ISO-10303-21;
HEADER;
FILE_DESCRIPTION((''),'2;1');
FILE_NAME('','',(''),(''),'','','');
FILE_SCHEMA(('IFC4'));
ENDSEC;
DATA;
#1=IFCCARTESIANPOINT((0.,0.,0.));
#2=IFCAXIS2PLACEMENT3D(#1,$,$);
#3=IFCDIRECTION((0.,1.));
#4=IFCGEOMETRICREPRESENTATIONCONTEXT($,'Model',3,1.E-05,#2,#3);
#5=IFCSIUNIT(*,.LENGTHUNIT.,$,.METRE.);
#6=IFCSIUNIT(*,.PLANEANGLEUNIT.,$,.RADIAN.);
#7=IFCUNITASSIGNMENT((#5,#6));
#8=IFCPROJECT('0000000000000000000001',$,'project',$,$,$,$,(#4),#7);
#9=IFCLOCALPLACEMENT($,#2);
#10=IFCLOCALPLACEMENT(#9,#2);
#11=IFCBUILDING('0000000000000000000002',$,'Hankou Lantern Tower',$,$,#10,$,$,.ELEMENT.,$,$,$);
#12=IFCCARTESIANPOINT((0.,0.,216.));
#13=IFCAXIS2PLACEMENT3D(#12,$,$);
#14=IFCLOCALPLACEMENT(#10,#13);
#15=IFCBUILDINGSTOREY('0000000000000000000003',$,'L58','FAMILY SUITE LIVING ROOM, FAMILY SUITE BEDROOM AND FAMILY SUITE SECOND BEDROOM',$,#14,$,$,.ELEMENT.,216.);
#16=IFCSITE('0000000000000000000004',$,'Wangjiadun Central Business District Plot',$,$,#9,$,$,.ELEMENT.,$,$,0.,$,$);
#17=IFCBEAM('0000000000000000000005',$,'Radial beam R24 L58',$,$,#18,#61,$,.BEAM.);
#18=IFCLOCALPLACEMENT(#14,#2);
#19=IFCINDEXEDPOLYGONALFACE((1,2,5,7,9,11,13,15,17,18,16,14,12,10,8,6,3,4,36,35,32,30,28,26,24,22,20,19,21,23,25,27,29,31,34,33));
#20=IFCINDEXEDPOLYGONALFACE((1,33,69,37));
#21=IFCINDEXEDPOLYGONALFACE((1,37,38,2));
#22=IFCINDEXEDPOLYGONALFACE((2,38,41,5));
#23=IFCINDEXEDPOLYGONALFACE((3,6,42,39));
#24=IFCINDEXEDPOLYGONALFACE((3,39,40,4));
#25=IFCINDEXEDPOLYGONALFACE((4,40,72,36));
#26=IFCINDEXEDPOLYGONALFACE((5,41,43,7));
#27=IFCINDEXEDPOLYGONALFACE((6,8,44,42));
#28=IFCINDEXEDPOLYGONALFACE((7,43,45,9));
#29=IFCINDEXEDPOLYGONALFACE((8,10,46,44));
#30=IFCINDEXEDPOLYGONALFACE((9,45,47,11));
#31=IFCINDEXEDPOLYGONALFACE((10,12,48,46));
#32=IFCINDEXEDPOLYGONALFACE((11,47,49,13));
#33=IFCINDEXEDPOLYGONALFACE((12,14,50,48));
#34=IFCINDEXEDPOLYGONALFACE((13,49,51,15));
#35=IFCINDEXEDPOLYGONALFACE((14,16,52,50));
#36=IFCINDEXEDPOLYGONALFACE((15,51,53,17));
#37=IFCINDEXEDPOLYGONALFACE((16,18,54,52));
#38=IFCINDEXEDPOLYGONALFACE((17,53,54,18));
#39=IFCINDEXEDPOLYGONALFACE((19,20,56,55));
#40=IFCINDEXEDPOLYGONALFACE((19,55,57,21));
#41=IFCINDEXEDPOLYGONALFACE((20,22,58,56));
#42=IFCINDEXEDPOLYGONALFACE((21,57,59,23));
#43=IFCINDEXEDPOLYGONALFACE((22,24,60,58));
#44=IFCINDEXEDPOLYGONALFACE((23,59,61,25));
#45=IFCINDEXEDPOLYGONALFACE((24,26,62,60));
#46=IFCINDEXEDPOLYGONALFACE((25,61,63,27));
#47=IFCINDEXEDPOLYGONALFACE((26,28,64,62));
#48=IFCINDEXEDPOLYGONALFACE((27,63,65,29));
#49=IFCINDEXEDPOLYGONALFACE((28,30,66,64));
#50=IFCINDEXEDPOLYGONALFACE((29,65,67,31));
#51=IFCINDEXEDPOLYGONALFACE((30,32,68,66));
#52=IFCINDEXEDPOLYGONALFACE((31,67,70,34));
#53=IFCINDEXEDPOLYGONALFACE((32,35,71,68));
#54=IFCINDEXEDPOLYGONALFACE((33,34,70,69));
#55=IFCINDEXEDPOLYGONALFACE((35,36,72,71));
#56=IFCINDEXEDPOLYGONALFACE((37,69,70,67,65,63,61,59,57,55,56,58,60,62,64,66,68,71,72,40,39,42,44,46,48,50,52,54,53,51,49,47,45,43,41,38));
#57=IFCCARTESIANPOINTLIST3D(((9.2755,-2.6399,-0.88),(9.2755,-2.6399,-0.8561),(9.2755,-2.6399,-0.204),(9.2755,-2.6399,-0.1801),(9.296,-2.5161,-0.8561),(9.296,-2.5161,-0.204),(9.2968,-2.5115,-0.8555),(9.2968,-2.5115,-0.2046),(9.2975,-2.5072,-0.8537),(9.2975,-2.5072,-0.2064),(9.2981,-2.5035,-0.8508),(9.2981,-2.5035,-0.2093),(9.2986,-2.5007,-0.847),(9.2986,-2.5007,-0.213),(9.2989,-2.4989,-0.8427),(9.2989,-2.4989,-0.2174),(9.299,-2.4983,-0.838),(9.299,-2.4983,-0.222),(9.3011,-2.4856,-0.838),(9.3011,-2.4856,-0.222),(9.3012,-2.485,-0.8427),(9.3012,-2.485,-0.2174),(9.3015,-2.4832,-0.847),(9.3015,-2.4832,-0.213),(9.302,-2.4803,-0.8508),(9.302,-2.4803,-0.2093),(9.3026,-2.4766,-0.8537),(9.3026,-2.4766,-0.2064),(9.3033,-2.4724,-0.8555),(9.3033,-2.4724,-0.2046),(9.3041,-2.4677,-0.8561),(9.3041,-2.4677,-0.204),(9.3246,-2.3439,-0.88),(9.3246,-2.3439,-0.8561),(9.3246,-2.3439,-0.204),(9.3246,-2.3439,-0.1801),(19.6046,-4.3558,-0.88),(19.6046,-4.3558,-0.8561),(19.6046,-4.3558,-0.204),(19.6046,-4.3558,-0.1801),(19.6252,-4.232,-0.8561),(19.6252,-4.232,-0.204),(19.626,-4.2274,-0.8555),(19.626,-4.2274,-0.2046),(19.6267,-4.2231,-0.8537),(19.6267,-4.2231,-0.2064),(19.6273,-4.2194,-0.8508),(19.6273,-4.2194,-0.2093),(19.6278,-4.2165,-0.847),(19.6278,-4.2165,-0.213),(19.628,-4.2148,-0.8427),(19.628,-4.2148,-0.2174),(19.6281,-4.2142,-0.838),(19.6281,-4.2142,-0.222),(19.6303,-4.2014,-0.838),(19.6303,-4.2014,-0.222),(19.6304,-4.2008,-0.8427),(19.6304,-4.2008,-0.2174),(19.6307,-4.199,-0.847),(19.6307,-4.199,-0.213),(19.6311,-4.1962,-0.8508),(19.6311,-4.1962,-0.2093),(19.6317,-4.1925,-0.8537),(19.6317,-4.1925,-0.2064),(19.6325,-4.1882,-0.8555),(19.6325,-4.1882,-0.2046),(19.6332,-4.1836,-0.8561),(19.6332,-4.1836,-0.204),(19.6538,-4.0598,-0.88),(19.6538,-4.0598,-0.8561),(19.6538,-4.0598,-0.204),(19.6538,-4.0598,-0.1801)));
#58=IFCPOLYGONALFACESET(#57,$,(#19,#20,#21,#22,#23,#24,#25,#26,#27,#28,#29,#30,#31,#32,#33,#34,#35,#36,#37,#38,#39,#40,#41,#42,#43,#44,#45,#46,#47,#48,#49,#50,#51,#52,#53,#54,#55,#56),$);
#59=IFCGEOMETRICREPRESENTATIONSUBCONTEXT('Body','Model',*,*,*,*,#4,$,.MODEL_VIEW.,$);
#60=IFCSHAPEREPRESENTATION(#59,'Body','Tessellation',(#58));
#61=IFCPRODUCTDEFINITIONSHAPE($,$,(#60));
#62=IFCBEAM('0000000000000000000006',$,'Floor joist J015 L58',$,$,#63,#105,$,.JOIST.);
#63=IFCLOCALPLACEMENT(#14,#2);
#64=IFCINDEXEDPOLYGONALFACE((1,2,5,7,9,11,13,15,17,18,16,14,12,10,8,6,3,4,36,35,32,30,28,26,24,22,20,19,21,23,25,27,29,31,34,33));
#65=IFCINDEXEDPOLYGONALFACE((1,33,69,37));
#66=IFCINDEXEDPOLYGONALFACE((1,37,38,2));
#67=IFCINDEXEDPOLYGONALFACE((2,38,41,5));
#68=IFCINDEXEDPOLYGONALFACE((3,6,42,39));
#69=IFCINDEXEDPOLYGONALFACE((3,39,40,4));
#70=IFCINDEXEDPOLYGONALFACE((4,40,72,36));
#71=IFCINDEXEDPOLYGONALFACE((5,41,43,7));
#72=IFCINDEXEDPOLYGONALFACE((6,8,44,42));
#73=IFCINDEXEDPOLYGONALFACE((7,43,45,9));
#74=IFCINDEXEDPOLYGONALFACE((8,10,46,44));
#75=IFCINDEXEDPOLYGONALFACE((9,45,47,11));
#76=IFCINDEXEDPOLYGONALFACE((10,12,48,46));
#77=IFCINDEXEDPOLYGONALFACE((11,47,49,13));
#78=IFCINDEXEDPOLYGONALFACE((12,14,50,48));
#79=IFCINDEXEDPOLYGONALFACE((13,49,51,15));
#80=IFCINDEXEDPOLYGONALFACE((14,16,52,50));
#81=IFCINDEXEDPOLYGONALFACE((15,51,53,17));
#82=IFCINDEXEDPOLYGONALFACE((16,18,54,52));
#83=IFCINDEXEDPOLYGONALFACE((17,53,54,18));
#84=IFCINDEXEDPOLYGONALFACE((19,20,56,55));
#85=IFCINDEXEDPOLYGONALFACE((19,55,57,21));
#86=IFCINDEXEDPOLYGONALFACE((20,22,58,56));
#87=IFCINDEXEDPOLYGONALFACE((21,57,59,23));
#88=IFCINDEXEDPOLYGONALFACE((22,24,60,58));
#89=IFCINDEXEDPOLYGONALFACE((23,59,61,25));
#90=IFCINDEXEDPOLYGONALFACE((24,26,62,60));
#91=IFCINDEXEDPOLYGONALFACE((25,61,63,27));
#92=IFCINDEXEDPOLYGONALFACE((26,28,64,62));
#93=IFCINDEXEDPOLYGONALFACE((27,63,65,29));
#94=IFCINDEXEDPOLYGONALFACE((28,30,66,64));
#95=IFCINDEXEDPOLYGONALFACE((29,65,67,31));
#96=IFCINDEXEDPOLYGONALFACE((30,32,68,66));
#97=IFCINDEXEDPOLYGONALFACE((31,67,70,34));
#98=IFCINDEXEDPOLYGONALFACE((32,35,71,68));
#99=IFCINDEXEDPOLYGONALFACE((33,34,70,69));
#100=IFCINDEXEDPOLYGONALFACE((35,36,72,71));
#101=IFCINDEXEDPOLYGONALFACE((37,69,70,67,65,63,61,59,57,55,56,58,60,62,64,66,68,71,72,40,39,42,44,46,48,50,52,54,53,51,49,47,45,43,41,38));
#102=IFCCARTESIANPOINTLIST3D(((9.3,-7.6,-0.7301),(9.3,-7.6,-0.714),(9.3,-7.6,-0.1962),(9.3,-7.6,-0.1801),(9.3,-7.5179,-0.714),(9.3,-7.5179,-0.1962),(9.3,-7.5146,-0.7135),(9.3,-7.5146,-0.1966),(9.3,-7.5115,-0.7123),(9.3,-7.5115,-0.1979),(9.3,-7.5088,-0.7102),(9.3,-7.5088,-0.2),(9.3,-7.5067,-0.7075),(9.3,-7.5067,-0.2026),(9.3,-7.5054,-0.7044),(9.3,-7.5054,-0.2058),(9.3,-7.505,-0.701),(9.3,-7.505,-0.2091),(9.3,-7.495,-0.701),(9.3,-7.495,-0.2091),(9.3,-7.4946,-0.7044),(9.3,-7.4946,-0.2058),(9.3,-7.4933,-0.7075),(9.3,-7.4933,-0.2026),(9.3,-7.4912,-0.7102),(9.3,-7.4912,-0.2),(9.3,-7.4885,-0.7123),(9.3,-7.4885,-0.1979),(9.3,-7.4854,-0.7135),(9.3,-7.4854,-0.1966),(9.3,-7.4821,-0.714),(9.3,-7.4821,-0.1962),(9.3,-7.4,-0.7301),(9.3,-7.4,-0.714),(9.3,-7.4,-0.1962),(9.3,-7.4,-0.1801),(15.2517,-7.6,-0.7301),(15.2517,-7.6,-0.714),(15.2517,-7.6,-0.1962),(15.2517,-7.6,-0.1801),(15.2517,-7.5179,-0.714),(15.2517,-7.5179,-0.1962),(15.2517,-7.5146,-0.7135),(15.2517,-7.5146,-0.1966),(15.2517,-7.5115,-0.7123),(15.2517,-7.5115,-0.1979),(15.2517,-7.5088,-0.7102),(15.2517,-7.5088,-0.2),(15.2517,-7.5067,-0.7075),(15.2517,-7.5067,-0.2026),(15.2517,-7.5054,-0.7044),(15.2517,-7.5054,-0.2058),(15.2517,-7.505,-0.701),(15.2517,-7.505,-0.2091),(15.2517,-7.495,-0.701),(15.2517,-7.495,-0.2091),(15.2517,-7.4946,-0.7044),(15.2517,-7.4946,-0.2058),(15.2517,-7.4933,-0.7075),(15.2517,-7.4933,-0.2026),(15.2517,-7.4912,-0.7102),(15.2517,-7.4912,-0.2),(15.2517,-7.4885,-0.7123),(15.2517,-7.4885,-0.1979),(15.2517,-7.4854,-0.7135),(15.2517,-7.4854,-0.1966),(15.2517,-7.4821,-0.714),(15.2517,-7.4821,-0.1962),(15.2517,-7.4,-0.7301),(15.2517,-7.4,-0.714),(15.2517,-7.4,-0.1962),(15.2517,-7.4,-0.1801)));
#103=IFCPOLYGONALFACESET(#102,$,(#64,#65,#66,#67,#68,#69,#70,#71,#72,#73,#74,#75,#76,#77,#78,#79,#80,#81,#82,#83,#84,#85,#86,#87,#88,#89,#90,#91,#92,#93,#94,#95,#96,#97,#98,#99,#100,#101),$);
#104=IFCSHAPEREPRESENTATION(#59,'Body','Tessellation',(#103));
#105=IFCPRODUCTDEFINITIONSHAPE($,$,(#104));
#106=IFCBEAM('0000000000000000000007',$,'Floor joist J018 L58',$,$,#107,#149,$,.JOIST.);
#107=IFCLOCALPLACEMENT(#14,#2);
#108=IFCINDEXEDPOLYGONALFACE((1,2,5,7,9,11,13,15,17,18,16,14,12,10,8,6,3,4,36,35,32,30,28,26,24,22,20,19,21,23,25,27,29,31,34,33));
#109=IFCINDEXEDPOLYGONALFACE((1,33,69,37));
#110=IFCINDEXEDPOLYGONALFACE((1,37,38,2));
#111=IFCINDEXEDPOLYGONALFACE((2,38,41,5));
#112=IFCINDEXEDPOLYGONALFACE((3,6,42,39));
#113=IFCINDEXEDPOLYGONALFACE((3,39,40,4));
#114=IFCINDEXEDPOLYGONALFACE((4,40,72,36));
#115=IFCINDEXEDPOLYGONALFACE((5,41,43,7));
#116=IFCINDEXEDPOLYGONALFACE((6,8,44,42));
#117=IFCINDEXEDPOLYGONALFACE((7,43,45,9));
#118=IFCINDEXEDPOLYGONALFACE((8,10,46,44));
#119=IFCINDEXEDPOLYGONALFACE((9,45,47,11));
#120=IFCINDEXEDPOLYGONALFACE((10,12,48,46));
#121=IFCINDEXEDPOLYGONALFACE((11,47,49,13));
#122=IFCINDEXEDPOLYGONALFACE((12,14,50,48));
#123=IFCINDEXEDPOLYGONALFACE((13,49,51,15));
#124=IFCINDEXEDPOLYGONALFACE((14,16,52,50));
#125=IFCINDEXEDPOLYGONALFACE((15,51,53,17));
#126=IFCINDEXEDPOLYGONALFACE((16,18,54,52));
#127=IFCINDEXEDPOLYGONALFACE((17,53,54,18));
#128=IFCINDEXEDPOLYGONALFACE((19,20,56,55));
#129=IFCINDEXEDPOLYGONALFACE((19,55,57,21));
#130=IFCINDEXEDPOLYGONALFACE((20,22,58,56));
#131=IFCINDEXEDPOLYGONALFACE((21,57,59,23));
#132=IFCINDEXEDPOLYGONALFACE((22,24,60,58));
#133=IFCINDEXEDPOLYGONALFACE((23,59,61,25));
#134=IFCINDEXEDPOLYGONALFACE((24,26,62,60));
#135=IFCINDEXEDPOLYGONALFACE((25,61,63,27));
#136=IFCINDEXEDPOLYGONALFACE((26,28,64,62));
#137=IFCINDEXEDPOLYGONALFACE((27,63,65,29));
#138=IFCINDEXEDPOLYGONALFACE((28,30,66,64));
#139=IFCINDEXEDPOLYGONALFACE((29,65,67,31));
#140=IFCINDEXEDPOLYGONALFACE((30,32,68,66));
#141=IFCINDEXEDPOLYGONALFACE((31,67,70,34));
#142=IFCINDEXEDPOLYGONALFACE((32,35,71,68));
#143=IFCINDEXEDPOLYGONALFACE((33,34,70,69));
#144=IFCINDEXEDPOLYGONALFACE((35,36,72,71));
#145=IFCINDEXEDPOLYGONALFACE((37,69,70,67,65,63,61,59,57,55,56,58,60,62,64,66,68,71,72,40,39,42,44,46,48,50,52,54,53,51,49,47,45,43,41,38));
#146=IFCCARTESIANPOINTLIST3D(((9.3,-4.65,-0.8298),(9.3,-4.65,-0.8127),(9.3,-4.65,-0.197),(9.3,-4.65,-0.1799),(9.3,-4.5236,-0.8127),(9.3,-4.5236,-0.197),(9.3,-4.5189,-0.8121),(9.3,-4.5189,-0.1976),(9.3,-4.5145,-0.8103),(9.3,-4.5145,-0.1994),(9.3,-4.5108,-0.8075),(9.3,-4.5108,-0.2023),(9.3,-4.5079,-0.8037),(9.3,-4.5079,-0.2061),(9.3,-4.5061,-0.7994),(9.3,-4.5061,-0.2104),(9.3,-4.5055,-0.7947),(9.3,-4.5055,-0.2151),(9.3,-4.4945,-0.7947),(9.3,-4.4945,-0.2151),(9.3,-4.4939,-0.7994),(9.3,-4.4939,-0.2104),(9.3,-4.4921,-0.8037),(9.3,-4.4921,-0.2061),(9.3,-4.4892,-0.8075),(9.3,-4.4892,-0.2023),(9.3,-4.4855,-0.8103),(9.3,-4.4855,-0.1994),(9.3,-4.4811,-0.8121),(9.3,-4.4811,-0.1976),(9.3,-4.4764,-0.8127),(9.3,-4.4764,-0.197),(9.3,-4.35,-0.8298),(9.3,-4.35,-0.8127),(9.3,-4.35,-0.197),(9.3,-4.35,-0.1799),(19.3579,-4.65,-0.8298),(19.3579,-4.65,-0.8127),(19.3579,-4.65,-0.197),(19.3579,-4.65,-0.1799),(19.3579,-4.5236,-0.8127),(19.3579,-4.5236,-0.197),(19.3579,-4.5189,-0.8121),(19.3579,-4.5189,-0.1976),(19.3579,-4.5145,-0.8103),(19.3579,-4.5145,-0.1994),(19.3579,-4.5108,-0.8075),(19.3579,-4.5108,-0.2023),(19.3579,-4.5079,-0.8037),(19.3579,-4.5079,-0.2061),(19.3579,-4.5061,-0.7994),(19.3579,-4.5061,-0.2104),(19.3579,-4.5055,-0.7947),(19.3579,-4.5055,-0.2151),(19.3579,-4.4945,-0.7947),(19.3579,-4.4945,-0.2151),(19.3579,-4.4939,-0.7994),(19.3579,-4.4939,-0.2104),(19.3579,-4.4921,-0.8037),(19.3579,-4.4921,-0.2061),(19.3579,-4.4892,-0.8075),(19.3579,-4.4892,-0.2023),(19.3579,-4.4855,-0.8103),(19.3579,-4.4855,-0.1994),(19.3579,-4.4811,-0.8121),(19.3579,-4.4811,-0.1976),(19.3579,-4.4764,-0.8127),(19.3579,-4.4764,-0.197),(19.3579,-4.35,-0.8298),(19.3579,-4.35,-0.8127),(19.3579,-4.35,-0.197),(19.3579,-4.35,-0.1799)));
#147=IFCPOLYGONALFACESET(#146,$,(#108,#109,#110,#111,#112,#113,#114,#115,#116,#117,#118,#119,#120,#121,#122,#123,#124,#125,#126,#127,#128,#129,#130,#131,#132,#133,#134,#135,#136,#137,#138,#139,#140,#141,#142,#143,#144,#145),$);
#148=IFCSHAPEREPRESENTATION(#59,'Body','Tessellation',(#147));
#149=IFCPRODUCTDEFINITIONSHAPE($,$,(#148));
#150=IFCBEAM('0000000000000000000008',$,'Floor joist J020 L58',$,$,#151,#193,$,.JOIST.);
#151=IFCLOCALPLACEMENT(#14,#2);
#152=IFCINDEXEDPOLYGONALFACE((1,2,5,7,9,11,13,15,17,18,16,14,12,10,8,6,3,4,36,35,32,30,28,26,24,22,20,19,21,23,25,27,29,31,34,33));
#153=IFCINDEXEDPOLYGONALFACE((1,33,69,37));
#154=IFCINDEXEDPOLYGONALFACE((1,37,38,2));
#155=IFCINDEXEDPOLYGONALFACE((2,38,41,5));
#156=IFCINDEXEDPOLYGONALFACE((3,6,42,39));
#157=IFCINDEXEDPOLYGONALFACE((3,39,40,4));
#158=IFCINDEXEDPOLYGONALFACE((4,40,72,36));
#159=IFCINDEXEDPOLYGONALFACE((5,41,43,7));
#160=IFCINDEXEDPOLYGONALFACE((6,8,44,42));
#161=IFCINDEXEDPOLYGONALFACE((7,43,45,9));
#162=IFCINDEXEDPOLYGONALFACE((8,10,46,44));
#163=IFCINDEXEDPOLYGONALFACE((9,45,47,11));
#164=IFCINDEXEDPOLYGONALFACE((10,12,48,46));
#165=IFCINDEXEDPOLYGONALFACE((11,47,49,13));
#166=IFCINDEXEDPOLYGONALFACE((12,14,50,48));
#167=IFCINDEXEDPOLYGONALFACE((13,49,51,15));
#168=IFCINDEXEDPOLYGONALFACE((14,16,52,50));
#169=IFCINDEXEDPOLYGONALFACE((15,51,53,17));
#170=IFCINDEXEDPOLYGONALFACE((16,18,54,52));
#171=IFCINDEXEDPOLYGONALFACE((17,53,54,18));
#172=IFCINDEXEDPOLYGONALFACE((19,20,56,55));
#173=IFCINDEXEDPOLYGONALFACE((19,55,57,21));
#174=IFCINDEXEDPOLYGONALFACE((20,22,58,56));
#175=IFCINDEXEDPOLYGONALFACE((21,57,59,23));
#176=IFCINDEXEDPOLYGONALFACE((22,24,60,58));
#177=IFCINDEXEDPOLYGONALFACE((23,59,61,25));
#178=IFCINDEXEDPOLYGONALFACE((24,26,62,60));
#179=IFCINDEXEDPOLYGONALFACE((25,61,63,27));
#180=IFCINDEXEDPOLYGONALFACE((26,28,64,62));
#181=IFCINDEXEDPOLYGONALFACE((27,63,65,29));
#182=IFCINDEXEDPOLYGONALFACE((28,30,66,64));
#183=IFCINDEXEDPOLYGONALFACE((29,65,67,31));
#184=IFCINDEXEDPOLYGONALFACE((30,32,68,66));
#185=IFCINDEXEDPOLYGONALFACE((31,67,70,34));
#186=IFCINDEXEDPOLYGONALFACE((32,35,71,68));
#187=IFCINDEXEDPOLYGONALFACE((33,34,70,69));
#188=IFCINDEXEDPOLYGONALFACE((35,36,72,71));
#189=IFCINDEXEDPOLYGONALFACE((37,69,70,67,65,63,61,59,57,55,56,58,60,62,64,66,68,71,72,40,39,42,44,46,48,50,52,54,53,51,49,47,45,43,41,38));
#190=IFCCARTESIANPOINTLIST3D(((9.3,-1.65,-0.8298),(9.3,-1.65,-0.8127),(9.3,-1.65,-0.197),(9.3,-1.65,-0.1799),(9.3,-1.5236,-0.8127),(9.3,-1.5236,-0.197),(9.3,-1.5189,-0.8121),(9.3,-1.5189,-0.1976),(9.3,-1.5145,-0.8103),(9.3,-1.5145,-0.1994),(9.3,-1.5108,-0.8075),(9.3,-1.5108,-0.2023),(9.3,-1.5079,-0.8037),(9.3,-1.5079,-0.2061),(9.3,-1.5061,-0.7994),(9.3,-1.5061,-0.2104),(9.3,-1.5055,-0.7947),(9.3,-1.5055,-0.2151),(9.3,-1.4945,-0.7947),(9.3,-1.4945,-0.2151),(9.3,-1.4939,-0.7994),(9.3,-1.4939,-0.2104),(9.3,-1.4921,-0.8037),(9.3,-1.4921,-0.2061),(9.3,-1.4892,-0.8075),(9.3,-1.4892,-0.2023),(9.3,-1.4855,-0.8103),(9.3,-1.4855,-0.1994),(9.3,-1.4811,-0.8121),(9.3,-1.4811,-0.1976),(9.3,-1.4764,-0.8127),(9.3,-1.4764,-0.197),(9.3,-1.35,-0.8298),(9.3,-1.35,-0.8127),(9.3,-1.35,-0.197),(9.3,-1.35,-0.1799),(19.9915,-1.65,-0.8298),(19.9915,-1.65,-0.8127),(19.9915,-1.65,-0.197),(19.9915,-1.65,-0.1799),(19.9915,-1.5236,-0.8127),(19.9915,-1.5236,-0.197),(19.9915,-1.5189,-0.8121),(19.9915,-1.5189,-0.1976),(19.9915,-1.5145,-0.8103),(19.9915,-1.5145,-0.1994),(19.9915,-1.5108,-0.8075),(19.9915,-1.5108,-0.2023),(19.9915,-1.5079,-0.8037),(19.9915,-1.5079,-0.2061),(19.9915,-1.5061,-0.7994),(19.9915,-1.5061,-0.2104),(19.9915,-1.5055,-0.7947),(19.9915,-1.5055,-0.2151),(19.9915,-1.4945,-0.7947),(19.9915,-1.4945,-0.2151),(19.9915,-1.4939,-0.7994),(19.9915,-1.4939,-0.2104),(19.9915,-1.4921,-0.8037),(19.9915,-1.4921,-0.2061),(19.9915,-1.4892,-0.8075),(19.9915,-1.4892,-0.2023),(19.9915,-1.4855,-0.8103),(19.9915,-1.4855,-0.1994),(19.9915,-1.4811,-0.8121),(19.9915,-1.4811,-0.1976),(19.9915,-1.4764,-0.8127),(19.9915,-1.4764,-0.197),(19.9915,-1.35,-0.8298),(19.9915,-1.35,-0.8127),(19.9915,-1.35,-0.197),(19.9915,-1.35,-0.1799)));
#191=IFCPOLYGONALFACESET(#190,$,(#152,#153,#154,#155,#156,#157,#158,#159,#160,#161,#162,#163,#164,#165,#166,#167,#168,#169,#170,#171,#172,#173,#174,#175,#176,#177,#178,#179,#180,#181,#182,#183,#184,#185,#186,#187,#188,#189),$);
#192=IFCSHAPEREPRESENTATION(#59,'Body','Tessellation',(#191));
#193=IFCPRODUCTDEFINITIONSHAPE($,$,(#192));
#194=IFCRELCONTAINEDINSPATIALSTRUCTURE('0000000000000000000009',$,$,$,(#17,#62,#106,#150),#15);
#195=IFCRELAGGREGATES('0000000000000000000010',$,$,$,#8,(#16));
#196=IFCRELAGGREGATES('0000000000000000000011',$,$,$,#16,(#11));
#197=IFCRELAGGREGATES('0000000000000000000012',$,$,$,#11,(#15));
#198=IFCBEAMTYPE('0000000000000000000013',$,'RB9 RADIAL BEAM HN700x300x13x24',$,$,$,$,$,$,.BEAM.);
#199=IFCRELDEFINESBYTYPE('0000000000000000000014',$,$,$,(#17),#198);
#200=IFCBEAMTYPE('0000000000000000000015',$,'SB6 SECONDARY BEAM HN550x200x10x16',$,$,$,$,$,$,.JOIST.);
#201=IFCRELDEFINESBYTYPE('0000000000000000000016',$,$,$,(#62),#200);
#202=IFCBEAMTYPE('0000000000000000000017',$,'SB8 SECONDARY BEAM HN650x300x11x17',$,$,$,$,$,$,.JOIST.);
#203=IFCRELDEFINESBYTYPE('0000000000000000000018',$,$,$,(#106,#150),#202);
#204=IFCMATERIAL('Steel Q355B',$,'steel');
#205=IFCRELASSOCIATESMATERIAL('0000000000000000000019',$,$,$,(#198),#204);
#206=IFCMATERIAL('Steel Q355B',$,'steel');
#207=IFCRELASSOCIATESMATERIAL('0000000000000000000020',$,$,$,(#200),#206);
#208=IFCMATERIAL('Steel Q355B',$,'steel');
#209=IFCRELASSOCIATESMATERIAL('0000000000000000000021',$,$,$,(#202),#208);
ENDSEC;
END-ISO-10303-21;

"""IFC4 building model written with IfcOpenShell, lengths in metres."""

from ifc_helpers import new_model, si_unit, direction, frame, origin, origin_2d, place, context, subcontext, project, spatial, i_section, extrude, material, material_profile, profile_set, type_object, element, save


model = new_model("IFC4")

# Units and contexts
model_context = context("Model", 3, precision=1e-05, world=origin(), true_north=direction((0.0, 1.0)))
body_context = subcontext(model_context, "Body", "Model", "MODEL_VIEW")
ifc_project = project(units=[si_unit("LENGTHUNIT", "METRE"), si_unit("PLANEANGLEUNIT", "RADIAN")], contexts=[model_context])

# Site, building, storey
site_placement = place(None, origin())
site = spatial("IfcSite", under=ifc_project, at=site_placement, Name="Wangjiadun Central Business District Plot", CompositionType="ELEMENT", RefElevation=0.0)
building_placement = place(site_placement, origin())
building = spatial("IfcBuilding", under=site, at=building_placement, Name="Hankou Lantern Tower", CompositionType="ELEMENT")
storey_placement = place(building_placement, frame((0.0, 0.0, 216.0)))
storey = spatial("IfcBuildingStorey", under=building, at=storey_placement, Name="L58", Description="FAMILY SUITE LIVING ROOM, FAMILY SUITE BEDROOM AND FAMILY SUITE SECOND BEDROOM", CompositionType="ELEMENT", Elevation=216.0)

# Beams
ifc_material_1 = material(Name="Steel Q355B", Category="steel")
ifc_material_profile_1 = material_profile(ifc_material_1, i_section(OverallWidth=0.3, OverallDepth=0.7, WebThickness=0.0129, FlangeThickness=0.0239, FilletRadius=0.0181, at=origin_2d()), Name="HN700x300x13x24")
ifc_profile_set_1 = profile_set([ifc_material_profile_1], Name="Steel Q355B")
beam_type_1 = type_object("IfcBeamType", Name="RB9 RADIAL BEAM HN700x300x13x24", PredefinedType="BEAM", material=ifc_profile_set_1)
beam_1_placement = place(storey_placement, frame((9.3, -2.4919, -0.53), z_axis=(0.986482, -0.16387, 0.0), x_axis=(0.16387, 0.986482, 0.0)))
element("IfcBeam", 1, at=beam_1_placement, inside=storey, type_object=beam_type_1, Name="Radial beam R24 L58", PredefinedType="BEAM", context=body_context, shape_type="SweptSolid", body=[
    extrude(i_section(OverallWidth=0.3, OverallDepth=0.7, WebThickness=0.0129, FlangeThickness=0.0239, FilletRadius=0.0181, at=origin_2d()), origin(), (0.0, 0.0, 1.0), 10.4707),
])
ifc_material_2 = material(Name="Steel Q355B", Category="steel")
ifc_material_profile_2 = material_profile(ifc_material_2, i_section(OverallWidth=0.2, OverallDepth=0.55, WebThickness=0.01, FlangeThickness=0.0161, FilletRadius=0.0129, at=origin_2d()), Name="HN550x200x10x16")
ifc_profile_set_2 = profile_set([ifc_material_profile_2], Name="Steel Q355B")
beam_type_2 = type_object("IfcBeamType", Name="SB6 SECONDARY BEAM HN550x200x10x16", PredefinedType="JOIST", material=ifc_profile_set_2)
beam_2_placement = place(storey_placement, frame((9.3, -7.5, -0.4551), z_axis=(1.0, 0.0, 0.0), x_axis=(0.0, 1.0, 0.0)))
element("IfcBeam", 2, at=beam_2_placement, inside=storey, type_object=beam_type_2, Name="Floor joist J015 L58", PredefinedType="JOIST", context=body_context, shape_type="SweptSolid", body=[
    extrude(i_section(OverallWidth=0.2, OverallDepth=0.55, WebThickness=0.01, FlangeThickness=0.0161, FilletRadius=0.0129, at=origin_2d()), origin(), (0.0, 0.0, 1.0), 5.9517),
])
ifc_material_3 = material(Name="Steel Q355B", Category="steel")
ifc_material_profile_3 = material_profile(ifc_material_3, i_section(OverallWidth=0.3, OverallDepth=0.6499, WebThickness=0.011, FlangeThickness=0.0171, FilletRadius=0.0181, at=origin_2d()), Name="HN650x300x11x17")
ifc_profile_set_3 = profile_set([ifc_material_profile_3], Name="Steel Q355B")
beam_type_3 = type_object("IfcBeamType", Name="SB8 SECONDARY BEAM HN650x300x11x17", PredefinedType="JOIST", material=ifc_profile_set_3)
beam_3_placement = place(storey_placement, frame((9.3, -4.5, -0.5049), z_axis=(1.0, 0.0, 0.0), x_axis=(0.0, 1.0, 0.0)))
element("IfcBeam", 3, at=beam_3_placement, inside=storey, type_object=beam_type_3, Name="Floor joist J018 L58", PredefinedType="JOIST", context=body_context, shape_type="SweptSolid", body=[
    extrude(i_section(OverallWidth=0.3, OverallDepth=0.6499, WebThickness=0.011, FlangeThickness=0.0171, FilletRadius=0.0181, at=origin_2d()), origin(), (0.0, 0.0, 1.0), 10.0579),
])
beam_4_placement = place(storey_placement, frame((9.3, -1.5, -0.5049), z_axis=(1.0, 0.0, 0.0), x_axis=(0.0, 1.0, 0.0)))
element("IfcBeam", 4, at=beam_4_placement, inside=storey, type_object=beam_type_3, Name="Floor joist J020 L58", PredefinedType="JOIST", context=body_context, shape_type="SweptSolid", body=[
    extrude(i_section(OverallWidth=0.3, OverallDepth=0.6499, WebThickness=0.011, FlangeThickness=0.0171, FilletRadius=0.0181, at=origin_2d()), origin(), (0.0, 0.0, 1.0), 10.6914),
])

save(model, "model.ifc")
